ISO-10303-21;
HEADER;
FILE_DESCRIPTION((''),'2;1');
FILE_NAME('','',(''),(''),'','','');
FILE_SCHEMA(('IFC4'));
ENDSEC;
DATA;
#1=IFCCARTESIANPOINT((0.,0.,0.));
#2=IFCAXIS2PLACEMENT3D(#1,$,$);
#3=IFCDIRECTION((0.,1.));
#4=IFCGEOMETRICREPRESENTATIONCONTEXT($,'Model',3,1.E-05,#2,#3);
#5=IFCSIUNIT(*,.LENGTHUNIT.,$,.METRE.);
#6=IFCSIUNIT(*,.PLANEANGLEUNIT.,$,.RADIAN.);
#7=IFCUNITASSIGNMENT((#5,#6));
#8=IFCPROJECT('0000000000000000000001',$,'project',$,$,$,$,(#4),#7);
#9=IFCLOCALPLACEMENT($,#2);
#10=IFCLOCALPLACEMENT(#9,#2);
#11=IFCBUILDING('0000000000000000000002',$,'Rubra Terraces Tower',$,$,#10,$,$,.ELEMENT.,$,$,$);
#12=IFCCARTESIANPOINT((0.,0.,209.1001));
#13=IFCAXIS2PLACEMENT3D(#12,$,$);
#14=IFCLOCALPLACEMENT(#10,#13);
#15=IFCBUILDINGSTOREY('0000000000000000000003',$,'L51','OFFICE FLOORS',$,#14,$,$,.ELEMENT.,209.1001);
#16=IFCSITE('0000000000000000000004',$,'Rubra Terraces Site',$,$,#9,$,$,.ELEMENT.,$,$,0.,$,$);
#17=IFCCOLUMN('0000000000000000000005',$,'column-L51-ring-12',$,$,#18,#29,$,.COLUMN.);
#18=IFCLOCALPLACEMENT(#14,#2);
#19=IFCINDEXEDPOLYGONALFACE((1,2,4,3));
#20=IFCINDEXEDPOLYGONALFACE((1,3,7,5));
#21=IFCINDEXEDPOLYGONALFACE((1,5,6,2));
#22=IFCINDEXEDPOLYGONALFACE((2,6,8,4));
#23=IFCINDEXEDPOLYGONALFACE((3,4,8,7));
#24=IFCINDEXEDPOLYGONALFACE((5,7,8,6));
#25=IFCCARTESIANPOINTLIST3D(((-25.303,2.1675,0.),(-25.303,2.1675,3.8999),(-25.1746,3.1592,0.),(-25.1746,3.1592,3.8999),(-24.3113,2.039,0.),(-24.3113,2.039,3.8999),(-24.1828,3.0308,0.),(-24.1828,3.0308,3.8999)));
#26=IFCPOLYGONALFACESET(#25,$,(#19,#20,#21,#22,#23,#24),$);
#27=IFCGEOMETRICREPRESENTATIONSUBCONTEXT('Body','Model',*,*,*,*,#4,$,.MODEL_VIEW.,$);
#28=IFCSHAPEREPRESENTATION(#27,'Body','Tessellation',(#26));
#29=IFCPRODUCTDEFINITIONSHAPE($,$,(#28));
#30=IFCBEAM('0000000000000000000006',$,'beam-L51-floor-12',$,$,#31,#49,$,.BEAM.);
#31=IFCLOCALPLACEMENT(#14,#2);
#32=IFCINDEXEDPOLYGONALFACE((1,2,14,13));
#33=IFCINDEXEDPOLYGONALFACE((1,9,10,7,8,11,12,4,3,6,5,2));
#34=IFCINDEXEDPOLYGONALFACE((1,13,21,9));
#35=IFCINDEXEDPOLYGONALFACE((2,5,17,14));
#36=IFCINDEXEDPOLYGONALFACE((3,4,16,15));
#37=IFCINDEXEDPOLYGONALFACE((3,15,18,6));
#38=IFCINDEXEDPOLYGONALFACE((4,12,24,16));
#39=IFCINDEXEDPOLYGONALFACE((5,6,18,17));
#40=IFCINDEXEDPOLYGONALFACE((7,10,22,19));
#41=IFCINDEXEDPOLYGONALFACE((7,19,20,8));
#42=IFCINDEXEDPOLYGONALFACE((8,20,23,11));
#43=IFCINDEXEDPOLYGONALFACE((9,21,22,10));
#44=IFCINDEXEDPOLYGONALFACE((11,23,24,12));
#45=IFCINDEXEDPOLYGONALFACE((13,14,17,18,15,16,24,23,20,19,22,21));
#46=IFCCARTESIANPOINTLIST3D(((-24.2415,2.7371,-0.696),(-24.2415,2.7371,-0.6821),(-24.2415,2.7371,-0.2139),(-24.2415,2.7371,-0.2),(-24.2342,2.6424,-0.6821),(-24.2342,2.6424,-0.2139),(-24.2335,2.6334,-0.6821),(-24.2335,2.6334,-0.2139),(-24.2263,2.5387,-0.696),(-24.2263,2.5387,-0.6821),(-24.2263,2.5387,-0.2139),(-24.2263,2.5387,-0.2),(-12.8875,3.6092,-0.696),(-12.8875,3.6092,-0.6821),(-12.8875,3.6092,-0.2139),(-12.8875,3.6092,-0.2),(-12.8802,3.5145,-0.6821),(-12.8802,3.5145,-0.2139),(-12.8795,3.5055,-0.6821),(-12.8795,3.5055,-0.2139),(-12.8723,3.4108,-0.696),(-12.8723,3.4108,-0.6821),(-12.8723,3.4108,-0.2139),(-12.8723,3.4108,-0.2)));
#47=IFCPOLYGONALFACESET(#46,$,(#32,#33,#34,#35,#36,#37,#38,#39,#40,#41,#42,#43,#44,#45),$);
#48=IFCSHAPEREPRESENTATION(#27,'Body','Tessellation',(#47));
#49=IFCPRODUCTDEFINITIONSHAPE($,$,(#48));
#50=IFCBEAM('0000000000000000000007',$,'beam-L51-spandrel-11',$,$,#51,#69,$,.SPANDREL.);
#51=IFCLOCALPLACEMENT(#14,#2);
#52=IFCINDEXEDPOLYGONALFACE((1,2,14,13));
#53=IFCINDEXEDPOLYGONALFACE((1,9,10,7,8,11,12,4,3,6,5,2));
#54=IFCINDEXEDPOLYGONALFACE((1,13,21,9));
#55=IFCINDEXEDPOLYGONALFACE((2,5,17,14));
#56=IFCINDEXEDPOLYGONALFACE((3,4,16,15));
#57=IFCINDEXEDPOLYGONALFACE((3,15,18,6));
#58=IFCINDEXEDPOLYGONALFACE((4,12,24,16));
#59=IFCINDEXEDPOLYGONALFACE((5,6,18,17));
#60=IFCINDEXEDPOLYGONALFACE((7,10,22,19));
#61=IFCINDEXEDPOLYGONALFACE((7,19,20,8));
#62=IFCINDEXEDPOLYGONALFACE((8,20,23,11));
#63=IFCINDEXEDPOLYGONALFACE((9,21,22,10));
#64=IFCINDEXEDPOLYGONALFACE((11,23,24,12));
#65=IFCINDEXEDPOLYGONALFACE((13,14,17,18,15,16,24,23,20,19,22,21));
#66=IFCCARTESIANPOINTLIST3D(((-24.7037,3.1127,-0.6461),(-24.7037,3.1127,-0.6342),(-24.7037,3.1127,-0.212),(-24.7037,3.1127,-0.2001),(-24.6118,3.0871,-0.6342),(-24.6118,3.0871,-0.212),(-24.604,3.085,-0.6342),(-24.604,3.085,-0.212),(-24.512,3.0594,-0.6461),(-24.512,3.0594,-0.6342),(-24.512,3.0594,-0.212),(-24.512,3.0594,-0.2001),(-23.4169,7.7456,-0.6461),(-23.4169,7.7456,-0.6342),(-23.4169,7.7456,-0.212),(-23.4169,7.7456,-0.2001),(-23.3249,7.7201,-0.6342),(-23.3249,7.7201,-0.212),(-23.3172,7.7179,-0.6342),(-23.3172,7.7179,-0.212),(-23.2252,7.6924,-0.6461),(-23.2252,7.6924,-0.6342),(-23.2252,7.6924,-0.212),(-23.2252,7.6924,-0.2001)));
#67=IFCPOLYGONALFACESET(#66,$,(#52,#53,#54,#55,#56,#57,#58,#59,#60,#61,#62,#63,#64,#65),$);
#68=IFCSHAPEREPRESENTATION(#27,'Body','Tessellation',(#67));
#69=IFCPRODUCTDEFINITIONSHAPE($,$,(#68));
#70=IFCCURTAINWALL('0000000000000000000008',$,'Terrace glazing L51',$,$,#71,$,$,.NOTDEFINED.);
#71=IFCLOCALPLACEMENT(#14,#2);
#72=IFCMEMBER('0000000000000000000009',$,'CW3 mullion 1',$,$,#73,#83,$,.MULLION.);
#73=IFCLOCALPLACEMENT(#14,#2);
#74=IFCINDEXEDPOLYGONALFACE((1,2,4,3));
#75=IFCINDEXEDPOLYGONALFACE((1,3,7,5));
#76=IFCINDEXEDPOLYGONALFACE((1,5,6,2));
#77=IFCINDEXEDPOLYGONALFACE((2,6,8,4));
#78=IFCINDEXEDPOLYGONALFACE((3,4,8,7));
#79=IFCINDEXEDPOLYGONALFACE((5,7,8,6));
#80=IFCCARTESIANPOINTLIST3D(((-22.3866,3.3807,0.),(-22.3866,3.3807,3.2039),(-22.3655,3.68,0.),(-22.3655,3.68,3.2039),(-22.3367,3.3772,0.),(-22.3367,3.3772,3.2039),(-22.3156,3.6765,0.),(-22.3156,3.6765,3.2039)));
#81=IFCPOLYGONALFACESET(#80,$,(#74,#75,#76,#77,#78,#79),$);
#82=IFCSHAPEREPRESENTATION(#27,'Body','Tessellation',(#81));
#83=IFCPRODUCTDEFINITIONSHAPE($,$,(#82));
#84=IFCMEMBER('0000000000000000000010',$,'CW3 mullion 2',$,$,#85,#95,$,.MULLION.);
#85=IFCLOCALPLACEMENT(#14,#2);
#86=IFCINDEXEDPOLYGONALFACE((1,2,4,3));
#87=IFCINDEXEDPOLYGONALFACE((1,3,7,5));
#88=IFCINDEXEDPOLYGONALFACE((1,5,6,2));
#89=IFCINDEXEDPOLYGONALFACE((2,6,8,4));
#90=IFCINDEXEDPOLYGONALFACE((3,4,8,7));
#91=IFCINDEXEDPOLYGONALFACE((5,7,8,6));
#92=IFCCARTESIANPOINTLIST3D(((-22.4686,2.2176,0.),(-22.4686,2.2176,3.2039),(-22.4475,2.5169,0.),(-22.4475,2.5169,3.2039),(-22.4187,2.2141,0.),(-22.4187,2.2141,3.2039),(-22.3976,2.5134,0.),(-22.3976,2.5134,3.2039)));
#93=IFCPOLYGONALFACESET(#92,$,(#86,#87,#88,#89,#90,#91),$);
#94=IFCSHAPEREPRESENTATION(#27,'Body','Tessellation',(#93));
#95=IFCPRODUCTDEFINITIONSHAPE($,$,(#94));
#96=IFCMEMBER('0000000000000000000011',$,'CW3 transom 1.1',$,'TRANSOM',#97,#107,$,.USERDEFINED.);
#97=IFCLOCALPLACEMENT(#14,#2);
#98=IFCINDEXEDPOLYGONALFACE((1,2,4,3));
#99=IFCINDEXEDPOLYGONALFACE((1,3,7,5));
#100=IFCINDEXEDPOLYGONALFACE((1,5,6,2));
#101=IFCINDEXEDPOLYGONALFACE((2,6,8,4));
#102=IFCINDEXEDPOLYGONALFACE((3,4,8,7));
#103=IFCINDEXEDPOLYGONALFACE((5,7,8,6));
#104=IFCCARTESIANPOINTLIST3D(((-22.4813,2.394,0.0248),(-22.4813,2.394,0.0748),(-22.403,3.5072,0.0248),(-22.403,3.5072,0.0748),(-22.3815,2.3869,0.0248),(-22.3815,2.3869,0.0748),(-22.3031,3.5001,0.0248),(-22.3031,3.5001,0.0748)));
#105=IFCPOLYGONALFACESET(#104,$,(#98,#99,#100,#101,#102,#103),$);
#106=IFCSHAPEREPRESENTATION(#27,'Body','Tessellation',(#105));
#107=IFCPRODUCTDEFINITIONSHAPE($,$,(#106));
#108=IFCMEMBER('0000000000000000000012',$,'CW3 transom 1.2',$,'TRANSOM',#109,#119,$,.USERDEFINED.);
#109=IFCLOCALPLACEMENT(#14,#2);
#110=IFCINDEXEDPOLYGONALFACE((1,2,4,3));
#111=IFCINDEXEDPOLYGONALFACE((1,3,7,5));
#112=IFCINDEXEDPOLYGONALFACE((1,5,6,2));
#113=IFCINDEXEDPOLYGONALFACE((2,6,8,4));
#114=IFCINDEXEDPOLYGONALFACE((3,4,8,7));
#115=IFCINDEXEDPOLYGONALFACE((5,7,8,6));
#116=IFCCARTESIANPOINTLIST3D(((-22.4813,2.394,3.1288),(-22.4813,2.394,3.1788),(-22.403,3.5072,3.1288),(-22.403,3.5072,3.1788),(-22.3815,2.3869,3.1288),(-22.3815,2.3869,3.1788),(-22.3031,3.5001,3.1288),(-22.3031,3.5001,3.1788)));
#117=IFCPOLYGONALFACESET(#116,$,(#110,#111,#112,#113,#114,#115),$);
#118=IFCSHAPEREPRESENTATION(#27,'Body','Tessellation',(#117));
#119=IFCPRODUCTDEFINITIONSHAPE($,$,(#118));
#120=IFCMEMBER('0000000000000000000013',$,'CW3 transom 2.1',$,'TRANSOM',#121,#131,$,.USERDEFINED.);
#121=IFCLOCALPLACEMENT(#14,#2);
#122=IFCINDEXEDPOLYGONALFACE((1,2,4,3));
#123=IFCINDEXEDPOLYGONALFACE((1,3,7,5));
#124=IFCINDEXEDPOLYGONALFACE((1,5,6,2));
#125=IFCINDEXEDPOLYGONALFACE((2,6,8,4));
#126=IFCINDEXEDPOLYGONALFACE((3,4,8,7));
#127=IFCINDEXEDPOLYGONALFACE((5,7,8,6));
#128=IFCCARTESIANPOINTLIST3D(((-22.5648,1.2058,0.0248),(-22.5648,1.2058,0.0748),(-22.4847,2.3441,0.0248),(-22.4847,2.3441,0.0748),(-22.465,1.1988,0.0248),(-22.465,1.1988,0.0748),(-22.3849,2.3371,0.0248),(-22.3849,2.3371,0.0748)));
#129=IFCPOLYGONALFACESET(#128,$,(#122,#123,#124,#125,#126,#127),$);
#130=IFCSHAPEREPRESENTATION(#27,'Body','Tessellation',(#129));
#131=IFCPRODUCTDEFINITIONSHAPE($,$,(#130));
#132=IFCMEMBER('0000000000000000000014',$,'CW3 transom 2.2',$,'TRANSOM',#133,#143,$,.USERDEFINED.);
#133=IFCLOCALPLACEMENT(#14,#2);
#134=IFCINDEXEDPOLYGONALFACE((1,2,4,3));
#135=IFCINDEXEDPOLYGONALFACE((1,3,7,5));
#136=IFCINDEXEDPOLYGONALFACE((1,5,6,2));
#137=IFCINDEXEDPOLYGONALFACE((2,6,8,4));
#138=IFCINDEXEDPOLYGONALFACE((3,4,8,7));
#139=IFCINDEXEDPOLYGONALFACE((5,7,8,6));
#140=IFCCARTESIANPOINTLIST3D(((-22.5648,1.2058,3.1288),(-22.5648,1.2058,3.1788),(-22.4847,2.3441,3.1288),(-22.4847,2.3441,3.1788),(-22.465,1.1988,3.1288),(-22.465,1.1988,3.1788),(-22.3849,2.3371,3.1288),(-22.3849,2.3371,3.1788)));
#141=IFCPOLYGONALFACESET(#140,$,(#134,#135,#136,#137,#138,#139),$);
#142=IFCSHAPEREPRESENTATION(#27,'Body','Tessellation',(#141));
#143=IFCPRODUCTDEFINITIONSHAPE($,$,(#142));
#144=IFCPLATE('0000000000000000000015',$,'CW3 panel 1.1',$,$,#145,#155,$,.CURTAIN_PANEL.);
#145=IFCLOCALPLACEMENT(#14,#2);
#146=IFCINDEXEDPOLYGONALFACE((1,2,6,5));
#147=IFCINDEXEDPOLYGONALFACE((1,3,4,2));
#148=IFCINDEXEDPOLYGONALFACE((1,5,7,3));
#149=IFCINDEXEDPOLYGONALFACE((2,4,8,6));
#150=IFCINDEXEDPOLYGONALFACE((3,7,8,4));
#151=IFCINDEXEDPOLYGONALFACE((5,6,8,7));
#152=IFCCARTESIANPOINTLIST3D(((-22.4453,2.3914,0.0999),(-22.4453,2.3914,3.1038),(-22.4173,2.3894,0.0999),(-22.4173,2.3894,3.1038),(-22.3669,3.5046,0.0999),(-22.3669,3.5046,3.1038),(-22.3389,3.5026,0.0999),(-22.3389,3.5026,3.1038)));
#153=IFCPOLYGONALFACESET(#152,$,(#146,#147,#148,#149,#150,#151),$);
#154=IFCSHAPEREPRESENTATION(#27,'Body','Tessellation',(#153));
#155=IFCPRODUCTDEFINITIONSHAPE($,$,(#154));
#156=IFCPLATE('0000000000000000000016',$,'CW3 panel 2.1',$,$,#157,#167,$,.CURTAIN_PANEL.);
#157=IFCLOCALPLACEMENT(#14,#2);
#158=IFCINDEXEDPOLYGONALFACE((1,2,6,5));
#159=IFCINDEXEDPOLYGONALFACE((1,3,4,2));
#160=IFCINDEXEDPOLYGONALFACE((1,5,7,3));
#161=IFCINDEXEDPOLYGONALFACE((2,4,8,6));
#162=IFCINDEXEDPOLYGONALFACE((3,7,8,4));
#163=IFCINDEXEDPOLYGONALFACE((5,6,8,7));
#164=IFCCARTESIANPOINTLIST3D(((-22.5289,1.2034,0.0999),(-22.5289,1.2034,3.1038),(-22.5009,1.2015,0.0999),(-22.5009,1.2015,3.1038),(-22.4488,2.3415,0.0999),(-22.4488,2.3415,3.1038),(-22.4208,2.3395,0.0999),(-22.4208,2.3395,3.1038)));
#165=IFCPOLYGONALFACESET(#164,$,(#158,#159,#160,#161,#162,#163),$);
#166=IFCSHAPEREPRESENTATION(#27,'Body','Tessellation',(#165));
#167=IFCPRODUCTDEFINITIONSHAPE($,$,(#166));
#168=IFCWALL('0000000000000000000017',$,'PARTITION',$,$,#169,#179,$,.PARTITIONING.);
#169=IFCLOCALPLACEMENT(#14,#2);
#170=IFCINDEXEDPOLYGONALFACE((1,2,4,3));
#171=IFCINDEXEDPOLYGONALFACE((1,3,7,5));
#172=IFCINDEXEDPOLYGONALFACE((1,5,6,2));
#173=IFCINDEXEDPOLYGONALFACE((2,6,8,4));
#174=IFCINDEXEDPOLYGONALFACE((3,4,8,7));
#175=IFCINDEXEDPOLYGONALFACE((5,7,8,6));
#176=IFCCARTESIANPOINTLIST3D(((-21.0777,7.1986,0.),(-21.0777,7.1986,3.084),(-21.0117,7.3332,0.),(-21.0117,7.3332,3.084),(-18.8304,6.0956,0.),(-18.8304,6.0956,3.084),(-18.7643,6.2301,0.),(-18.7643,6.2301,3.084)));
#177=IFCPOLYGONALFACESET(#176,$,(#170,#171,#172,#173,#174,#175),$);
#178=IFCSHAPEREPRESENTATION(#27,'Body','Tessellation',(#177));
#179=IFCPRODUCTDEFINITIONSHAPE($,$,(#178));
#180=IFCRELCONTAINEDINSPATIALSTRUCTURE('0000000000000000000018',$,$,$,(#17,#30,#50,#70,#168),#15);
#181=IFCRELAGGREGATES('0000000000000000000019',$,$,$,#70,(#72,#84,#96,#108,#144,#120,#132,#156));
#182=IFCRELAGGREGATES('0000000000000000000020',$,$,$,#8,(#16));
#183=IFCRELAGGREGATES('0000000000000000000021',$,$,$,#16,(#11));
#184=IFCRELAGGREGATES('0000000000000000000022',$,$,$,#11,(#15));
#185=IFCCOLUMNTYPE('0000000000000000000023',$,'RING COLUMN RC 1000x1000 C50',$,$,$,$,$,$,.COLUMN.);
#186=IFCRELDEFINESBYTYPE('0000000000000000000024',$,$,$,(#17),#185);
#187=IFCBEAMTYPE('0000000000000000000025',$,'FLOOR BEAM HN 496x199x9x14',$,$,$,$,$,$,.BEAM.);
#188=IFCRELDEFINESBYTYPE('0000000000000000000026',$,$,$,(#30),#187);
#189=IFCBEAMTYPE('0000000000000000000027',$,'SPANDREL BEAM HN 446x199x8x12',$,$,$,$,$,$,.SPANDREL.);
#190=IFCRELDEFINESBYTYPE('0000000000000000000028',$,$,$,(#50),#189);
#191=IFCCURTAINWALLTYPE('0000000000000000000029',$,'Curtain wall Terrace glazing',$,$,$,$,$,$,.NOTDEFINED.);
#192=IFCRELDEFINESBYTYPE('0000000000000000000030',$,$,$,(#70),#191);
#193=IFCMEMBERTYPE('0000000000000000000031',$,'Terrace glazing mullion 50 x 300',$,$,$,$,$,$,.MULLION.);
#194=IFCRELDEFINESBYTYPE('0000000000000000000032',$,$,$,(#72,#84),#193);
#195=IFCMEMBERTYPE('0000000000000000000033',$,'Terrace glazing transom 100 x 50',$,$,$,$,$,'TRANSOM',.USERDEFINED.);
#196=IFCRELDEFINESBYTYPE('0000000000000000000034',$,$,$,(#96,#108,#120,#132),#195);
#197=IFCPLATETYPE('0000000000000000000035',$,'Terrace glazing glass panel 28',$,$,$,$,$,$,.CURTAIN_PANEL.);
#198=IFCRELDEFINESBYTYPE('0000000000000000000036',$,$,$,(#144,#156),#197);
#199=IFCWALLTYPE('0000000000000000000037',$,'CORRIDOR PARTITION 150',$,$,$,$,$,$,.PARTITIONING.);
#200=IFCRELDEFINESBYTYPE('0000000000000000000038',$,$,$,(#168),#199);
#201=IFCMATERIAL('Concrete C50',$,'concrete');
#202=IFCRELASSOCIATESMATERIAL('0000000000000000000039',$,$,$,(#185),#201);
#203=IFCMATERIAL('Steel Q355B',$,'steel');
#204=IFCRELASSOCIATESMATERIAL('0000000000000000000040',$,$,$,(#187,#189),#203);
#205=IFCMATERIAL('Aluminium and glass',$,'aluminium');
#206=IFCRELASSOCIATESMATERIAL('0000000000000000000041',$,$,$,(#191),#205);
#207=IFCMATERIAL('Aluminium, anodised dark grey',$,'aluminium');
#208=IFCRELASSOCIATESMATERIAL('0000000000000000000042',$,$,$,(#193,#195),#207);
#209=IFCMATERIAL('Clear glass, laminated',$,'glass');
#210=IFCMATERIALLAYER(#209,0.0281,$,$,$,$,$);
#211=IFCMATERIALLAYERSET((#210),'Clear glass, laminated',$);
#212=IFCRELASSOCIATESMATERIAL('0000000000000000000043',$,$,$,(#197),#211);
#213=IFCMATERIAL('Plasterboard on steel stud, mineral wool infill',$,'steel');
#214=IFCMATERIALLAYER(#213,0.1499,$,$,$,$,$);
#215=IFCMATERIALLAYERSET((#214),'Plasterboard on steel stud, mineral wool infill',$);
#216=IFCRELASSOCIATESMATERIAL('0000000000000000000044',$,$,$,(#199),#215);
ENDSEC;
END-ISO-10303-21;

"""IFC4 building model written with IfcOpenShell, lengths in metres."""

from ifc_helpers import new_model, si_unit, direction, frame, frame_2d, origin, origin_2d, place, context, subcontext, project, spatial, rectangle, i_section, extrude, material, layer, layer_set, material_profile, profile_set, type_object, element, aggregate, save


model = new_model("IFC4")

# Units and contexts
model_context = context("Model", 3, precision=1e-05, world=origin(), true_north=direction((0.0, 1.0)))
body_context = subcontext(model_context, "Body", "Model", "MODEL_VIEW")
ifc_project = project(units=[si_unit("LENGTHUNIT", "METRE"), si_unit("PLANEANGLEUNIT", "RADIAN")], contexts=[model_context])

# Site, building, storey
site_placement = place(None, origin())
site = spatial("IfcSite", under=ifc_project, at=site_placement, Name="Rubra Terraces Site", CompositionType="ELEMENT", RefElevation=0.0)
building_placement = place(site_placement, origin())
building = spatial("IfcBuilding", under=site, at=building_placement, Name="Rubra Terraces Tower", CompositionType="ELEMENT")
storey_placement = place(building_placement, frame((0.0, 0.0, 209.1001)))
storey = spatial("IfcBuildingStorey", under=building, at=storey_placement, Name="L51", Description="OFFICE FLOORS", CompositionType="ELEMENT", Elevation=209.1001)

# Column
ifc_material_1 = material(Name="Concrete C50", Category="concrete")
ifc_material_profile_1 = material_profile(ifc_material_1, rectangle(XDim=1.0, YDim=1.0, at=origin_2d()), Name="RC 1000x1000")
ifc_profile_set_1 = profile_set([ifc_material_profile_1], Name="Concrete C50")
column_type = type_object("IfcColumnType", Name="RING COLUMN RC 1000x1000 C50", PredefinedType="COLUMN", material=ifc_profile_set_1)
column_placement = place(storey_placement, frame((-24.7429, 2.5991, 0.0), z_axis=(0.0, 0.0, 1.0), x_axis=(-0.128444, -0.991717, 0.0)))
element("IfcColumn", 1, at=column_placement, inside=storey, type_object=column_type, Name="column-L51-ring-12", PredefinedType="COLUMN", context=body_context, shape_type="SweptSolid", body=[
    extrude(rectangle(XDim=1.0, YDim=1.0, at=origin_2d()), origin(), (0.0, 0.0, 1.0), 3.8999),
])

# Beams
ifc_material_2 = material(Name="Steel Q355B", Category="steel")
ifc_material_profile_2 = material_profile(ifc_material_2, i_section(OverallWidth=0.199, OverallDepth=0.4961, WebThickness=0.009, FlangeThickness=0.0139, at=origin_2d()), Name="HN 496x199x9x14")
ifc_profile_set_2 = profile_set([ifc_material_profile_2], Name="Steel Q355B")
beam_type_1 = type_object("IfcBeamType", Name="FLOOR BEAM HN 496x199x9x14", PredefinedType="BEAM", material=ifc_profile_set_2)
beam_1_placement = place(storey_placement, frame((-24.2339, 2.6379, -0.448), z_axis=(0.997063, 0.076582, 0.0), x_axis=(-0.076582, 0.997063, 0.0)))
element("IfcBeam", 2, at=beam_1_placement, inside=storey, type_object=beam_type_1, Name="beam-L51-floor-12", PredefinedType="BEAM", context=body_context, shape_type="SweptSolid", body=[
    extrude(i_section(OverallWidth=0.199, OverallDepth=0.4961, WebThickness=0.009, FlangeThickness=0.0139, at=origin_2d()), origin(), (0.0, 0.0, 1.0), 11.3875),
])
ifc_material_profile_3 = material_profile(ifc_material_2, i_section(OverallWidth=0.199, OverallDepth=0.446, WebThickness=0.0081, FlangeThickness=0.012, at=origin_2d()), Name="HN 446x199x8x12")
ifc_profile_set_3 = profile_set([ifc_material_profile_3], Name="Steel Q355B")
beam_type_2 = type_object("IfcBeamType", Name="SPANDREL BEAM HN 446x199x8x12", PredefinedType="SPANDREL", material=ifc_profile_set_3)
beam_2_placement = place(storey_placement, frame((-23.321, 7.719, -0.4231), z_axis=(-0.267626, -0.963523, 0.0), x_axis=(0.963523, -0.267626, 0.0)))
element("IfcBeam", 3, at=beam_2_placement, inside=storey, type_object=beam_type_2, Name="beam-L51-spandrel-11", PredefinedType="SPANDREL", context=body_context, shape_type="SweptSolid", body=[
    extrude(i_section(OverallWidth=0.199, OverallDepth=0.446, WebThickness=0.0081, FlangeThickness=0.012, at=origin_2d()), origin(), (0.0, 0.0, 1.0), 4.8083),
])

# Curtain wall, members, plates
ifc_material_3 = material(Name="Aluminium and glass", Category="aluminium")
curtain_wall_type = type_object("IfcCurtainWallType", Name="Curtain wall Terrace glazing", PredefinedType="NOTDEFINED", material=ifc_material_3)
curtain_wall_placement = place(storey_placement, origin())
curtain_wall = element("IfcCurtainWall", 4, at=curtain_wall_placement, inside=storey, type_object=curtain_wall_type, Name="Terrace glazing L51", PredefinedType="NOTDEFINED")
ifc_material_4 = material(Name="Aluminium, anodised dark grey", Category="aluminium")
ifc_material_profile_4 = material_profile(ifc_material_4, rectangle(XDim=0.05, YDim=0.3, at=origin_2d()), Name="AL 50x300")
ifc_profile_set_4 = profile_set([ifc_material_profile_4], Name="Aluminium, anodised dark grey")
member_type_1 = type_object("IfcMemberType", Name="Terrace glazing mullion 50 x 300", PredefinedType="MULLION", material=ifc_profile_set_4)
member_1_placement = place(storey_placement, frame((-22.3511, 3.5286, 0.0), z_axis=(0.0, 0.0, 1.0), x_axis=(0.997529, -0.070252, 0.0)))
member_1 = element("IfcMember", 5, at=member_1_placement, type_object=member_type_1, Name="CW3 mullion 1", PredefinedType="MULLION", context=body_context, shape_type="SweptSolid", body=[
    extrude(rectangle(XDim=0.05, YDim=0.3, at=origin_2d()), origin(), (0.0, 0.0, 1.0), 3.2039),
])
member_2_placement = place(storey_placement, frame((-22.4331, 2.3655, 0.0), z_axis=(0.0, 0.0, 1.0), x_axis=(0.997529, -0.070252, 0.0)))
member_2 = element("IfcMember", 6, at=member_2_placement, type_object=member_type_1, Name="CW3 mullion 2", PredefinedType="MULLION", context=body_context, shape_type="SweptSolid", body=[
    extrude(rectangle(XDim=0.05, YDim=0.3, at=origin_2d()), origin(), (0.0, 0.0, 1.0), 3.2039),
])
ifc_material_profile_5 = material_profile(ifc_material_4, rectangle(XDim=0.1001, YDim=0.05, at=origin_2d()), Name="AL 100x50")
ifc_profile_set_5 = profile_set([ifc_material_profile_5], Name="Aluminium, anodised dark grey")
member_type_2 = type_object("IfcMemberType", Name="Terrace glazing transom 100 x 50", ElementType="TRANSOM", PredefinedType="USERDEFINED", material=ifc_profile_set_5)
member_3_placement = place(storey_placement, frame((-22.353, 3.5037, 0.0498), z_axis=(-0.070221, -0.997531, 0.0), x_axis=(0.997531, -0.070221, 0.0)))
member_3 = element("IfcMember", 7, at=member_3_placement, type_object=member_type_2, Name="CW3 transom 1.1", ObjectType="TRANSOM", PredefinedType="USERDEFINED", context=body_context, shape_type="SweptSolid", body=[
    extrude(rectangle(XDim=0.1001, YDim=0.05, at=origin_2d()), origin(), (0.0, 0.0, 1.0), 1.116),
])
member_4_placement = place(storey_placement, frame((-22.353, 3.5037, 3.1538), z_axis=(-0.070221, -0.997531, 0.0), x_axis=(0.997531, -0.070221, 0.0)))
member_4 = element("IfcMember", 8, at=member_4_placement, type_object=member_type_2, Name="CW3 transom 1.2", ObjectType="TRANSOM", PredefinedType="USERDEFINED", context=body_context, shape_type="SweptSolid", body=[
    extrude(rectangle(XDim=0.1001, YDim=0.05, at=origin_2d()), origin(), (0.0, 0.0, 1.0), 1.116),
])
member_5_placement = place(storey_placement, frame((-22.4348, 2.3406, 0.0498), z_axis=(-0.070183, -0.997534, 0.0), x_axis=(0.997534, -0.070183, 0.0)))
member_5 = element("IfcMember", 9, at=member_5_placement, type_object=member_type_2, Name="CW3 transom 2.1", ObjectType="TRANSOM", PredefinedType="USERDEFINED", context=body_context, shape_type="SweptSolid", body=[
    extrude(rectangle(XDim=0.1001, YDim=0.05, at=origin_2d()), origin(), (0.0, 0.0, 1.0), 1.1411),
])
member_6_placement = place(storey_placement, frame((-22.4348, 2.3406, 3.1538), z_axis=(-0.070183, -0.997534, 0.0), x_axis=(0.997534, -0.070183, 0.0)))
member_6 = element("IfcMember", 10, at=member_6_placement, type_object=member_type_2, Name="CW3 transom 2.2", ObjectType="TRANSOM", PredefinedType="USERDEFINED", context=body_context, shape_type="SweptSolid", body=[
    extrude(rectangle(XDim=0.1001, YDim=0.05, at=origin_2d()), origin(), (0.0, 0.0, 1.0), 1.1411),
])
ifc_material_5 = material(Name="Clear glass, laminated", Category="glass")
ifc_layer_1 = layer(ifc_material_5, 0.0281)
ifc_layer_set_1 = layer_set([ifc_layer_1], Name="Clear glass, laminated")
plate_type = type_object("IfcPlateType", Name="Terrace glazing glass panel 28", PredefinedType="CURTAIN_PANEL", material=ifc_layer_set_1)
plate_1_placement = place(storey_placement, frame((-22.3921, 2.947, 0.0999), z_axis=(0.0, 0.0, 1.0), x_axis=(-0.070252, -0.997529, 0.0)))
plate_1 = element("IfcPlate", 11, at=plate_1_placement, type_object=plate_type, Name="CW3 panel 1.1", PredefinedType="CURTAIN_PANEL", context=body_context, shape_type="SweptSolid", body=[
    extrude(rectangle(XDim=1.116, YDim=0.0281, at=origin_2d()), origin(), (0.0, 0.0, 1.0), 3.0039),
])
plate_2_placement = place(storey_placement, frame((-22.4749, 1.7715, 0.0999), z_axis=(0.0, 0.0, 1.0), x_axis=(-0.070252, -0.997529, 0.0)))
plate_2 = element("IfcPlate", 12, at=plate_2_placement, type_object=plate_type, Name="CW3 panel 2.1", PredefinedType="CURTAIN_PANEL", context=body_context, shape_type="SweptSolid", body=[
    extrude(rectangle(XDim=1.1409, YDim=0.0281, at=origin_2d()), origin(), (0.0, 0.0, 1.0), 3.0039),
])
aggregate(curtain_wall, [member_1, member_2, member_3, member_4, plate_1, member_5, member_6, plate_2])

# Shared definitions
ifc_material_6 = material(Name="Plasterboard on steel stud, mineral wool infill", Category="steel")
ifc_layer_2 = layer(ifc_material_6, 0.1499)
ifc_layer_set_2 = layer_set([ifc_layer_2], Name="Plasterboard on steel stud, mineral wool infill")
wall_type_1 = type_object("IfcWallType", Name="CORRIDOR PARTITION 150", PredefinedType="PARTITIONING", material=ifc_layer_set_2)

# Wall
wall_1_placement = place(storey_placement, frame((-21.0447, 7.2659, 0.0), z_axis=(0.0, 0.0, 1.0), x_axis=(0.897699, -0.440609, 0.0)))
element("IfcWall", 13, at=wall_1_placement, inside=storey, type_object=wall_type_1, Name="PARTITION", PredefinedType="PARTITIONING", context=body_context, shape_type="SweptSolid", body=[
    extrude(rectangle(XDim=2.5034, YDim=0.1499, at=frame_2d((1.2517, 0.0))), origin(), (0.0, 0.0, 1.0), 3.084),
])

save(model, "model.ifc")
